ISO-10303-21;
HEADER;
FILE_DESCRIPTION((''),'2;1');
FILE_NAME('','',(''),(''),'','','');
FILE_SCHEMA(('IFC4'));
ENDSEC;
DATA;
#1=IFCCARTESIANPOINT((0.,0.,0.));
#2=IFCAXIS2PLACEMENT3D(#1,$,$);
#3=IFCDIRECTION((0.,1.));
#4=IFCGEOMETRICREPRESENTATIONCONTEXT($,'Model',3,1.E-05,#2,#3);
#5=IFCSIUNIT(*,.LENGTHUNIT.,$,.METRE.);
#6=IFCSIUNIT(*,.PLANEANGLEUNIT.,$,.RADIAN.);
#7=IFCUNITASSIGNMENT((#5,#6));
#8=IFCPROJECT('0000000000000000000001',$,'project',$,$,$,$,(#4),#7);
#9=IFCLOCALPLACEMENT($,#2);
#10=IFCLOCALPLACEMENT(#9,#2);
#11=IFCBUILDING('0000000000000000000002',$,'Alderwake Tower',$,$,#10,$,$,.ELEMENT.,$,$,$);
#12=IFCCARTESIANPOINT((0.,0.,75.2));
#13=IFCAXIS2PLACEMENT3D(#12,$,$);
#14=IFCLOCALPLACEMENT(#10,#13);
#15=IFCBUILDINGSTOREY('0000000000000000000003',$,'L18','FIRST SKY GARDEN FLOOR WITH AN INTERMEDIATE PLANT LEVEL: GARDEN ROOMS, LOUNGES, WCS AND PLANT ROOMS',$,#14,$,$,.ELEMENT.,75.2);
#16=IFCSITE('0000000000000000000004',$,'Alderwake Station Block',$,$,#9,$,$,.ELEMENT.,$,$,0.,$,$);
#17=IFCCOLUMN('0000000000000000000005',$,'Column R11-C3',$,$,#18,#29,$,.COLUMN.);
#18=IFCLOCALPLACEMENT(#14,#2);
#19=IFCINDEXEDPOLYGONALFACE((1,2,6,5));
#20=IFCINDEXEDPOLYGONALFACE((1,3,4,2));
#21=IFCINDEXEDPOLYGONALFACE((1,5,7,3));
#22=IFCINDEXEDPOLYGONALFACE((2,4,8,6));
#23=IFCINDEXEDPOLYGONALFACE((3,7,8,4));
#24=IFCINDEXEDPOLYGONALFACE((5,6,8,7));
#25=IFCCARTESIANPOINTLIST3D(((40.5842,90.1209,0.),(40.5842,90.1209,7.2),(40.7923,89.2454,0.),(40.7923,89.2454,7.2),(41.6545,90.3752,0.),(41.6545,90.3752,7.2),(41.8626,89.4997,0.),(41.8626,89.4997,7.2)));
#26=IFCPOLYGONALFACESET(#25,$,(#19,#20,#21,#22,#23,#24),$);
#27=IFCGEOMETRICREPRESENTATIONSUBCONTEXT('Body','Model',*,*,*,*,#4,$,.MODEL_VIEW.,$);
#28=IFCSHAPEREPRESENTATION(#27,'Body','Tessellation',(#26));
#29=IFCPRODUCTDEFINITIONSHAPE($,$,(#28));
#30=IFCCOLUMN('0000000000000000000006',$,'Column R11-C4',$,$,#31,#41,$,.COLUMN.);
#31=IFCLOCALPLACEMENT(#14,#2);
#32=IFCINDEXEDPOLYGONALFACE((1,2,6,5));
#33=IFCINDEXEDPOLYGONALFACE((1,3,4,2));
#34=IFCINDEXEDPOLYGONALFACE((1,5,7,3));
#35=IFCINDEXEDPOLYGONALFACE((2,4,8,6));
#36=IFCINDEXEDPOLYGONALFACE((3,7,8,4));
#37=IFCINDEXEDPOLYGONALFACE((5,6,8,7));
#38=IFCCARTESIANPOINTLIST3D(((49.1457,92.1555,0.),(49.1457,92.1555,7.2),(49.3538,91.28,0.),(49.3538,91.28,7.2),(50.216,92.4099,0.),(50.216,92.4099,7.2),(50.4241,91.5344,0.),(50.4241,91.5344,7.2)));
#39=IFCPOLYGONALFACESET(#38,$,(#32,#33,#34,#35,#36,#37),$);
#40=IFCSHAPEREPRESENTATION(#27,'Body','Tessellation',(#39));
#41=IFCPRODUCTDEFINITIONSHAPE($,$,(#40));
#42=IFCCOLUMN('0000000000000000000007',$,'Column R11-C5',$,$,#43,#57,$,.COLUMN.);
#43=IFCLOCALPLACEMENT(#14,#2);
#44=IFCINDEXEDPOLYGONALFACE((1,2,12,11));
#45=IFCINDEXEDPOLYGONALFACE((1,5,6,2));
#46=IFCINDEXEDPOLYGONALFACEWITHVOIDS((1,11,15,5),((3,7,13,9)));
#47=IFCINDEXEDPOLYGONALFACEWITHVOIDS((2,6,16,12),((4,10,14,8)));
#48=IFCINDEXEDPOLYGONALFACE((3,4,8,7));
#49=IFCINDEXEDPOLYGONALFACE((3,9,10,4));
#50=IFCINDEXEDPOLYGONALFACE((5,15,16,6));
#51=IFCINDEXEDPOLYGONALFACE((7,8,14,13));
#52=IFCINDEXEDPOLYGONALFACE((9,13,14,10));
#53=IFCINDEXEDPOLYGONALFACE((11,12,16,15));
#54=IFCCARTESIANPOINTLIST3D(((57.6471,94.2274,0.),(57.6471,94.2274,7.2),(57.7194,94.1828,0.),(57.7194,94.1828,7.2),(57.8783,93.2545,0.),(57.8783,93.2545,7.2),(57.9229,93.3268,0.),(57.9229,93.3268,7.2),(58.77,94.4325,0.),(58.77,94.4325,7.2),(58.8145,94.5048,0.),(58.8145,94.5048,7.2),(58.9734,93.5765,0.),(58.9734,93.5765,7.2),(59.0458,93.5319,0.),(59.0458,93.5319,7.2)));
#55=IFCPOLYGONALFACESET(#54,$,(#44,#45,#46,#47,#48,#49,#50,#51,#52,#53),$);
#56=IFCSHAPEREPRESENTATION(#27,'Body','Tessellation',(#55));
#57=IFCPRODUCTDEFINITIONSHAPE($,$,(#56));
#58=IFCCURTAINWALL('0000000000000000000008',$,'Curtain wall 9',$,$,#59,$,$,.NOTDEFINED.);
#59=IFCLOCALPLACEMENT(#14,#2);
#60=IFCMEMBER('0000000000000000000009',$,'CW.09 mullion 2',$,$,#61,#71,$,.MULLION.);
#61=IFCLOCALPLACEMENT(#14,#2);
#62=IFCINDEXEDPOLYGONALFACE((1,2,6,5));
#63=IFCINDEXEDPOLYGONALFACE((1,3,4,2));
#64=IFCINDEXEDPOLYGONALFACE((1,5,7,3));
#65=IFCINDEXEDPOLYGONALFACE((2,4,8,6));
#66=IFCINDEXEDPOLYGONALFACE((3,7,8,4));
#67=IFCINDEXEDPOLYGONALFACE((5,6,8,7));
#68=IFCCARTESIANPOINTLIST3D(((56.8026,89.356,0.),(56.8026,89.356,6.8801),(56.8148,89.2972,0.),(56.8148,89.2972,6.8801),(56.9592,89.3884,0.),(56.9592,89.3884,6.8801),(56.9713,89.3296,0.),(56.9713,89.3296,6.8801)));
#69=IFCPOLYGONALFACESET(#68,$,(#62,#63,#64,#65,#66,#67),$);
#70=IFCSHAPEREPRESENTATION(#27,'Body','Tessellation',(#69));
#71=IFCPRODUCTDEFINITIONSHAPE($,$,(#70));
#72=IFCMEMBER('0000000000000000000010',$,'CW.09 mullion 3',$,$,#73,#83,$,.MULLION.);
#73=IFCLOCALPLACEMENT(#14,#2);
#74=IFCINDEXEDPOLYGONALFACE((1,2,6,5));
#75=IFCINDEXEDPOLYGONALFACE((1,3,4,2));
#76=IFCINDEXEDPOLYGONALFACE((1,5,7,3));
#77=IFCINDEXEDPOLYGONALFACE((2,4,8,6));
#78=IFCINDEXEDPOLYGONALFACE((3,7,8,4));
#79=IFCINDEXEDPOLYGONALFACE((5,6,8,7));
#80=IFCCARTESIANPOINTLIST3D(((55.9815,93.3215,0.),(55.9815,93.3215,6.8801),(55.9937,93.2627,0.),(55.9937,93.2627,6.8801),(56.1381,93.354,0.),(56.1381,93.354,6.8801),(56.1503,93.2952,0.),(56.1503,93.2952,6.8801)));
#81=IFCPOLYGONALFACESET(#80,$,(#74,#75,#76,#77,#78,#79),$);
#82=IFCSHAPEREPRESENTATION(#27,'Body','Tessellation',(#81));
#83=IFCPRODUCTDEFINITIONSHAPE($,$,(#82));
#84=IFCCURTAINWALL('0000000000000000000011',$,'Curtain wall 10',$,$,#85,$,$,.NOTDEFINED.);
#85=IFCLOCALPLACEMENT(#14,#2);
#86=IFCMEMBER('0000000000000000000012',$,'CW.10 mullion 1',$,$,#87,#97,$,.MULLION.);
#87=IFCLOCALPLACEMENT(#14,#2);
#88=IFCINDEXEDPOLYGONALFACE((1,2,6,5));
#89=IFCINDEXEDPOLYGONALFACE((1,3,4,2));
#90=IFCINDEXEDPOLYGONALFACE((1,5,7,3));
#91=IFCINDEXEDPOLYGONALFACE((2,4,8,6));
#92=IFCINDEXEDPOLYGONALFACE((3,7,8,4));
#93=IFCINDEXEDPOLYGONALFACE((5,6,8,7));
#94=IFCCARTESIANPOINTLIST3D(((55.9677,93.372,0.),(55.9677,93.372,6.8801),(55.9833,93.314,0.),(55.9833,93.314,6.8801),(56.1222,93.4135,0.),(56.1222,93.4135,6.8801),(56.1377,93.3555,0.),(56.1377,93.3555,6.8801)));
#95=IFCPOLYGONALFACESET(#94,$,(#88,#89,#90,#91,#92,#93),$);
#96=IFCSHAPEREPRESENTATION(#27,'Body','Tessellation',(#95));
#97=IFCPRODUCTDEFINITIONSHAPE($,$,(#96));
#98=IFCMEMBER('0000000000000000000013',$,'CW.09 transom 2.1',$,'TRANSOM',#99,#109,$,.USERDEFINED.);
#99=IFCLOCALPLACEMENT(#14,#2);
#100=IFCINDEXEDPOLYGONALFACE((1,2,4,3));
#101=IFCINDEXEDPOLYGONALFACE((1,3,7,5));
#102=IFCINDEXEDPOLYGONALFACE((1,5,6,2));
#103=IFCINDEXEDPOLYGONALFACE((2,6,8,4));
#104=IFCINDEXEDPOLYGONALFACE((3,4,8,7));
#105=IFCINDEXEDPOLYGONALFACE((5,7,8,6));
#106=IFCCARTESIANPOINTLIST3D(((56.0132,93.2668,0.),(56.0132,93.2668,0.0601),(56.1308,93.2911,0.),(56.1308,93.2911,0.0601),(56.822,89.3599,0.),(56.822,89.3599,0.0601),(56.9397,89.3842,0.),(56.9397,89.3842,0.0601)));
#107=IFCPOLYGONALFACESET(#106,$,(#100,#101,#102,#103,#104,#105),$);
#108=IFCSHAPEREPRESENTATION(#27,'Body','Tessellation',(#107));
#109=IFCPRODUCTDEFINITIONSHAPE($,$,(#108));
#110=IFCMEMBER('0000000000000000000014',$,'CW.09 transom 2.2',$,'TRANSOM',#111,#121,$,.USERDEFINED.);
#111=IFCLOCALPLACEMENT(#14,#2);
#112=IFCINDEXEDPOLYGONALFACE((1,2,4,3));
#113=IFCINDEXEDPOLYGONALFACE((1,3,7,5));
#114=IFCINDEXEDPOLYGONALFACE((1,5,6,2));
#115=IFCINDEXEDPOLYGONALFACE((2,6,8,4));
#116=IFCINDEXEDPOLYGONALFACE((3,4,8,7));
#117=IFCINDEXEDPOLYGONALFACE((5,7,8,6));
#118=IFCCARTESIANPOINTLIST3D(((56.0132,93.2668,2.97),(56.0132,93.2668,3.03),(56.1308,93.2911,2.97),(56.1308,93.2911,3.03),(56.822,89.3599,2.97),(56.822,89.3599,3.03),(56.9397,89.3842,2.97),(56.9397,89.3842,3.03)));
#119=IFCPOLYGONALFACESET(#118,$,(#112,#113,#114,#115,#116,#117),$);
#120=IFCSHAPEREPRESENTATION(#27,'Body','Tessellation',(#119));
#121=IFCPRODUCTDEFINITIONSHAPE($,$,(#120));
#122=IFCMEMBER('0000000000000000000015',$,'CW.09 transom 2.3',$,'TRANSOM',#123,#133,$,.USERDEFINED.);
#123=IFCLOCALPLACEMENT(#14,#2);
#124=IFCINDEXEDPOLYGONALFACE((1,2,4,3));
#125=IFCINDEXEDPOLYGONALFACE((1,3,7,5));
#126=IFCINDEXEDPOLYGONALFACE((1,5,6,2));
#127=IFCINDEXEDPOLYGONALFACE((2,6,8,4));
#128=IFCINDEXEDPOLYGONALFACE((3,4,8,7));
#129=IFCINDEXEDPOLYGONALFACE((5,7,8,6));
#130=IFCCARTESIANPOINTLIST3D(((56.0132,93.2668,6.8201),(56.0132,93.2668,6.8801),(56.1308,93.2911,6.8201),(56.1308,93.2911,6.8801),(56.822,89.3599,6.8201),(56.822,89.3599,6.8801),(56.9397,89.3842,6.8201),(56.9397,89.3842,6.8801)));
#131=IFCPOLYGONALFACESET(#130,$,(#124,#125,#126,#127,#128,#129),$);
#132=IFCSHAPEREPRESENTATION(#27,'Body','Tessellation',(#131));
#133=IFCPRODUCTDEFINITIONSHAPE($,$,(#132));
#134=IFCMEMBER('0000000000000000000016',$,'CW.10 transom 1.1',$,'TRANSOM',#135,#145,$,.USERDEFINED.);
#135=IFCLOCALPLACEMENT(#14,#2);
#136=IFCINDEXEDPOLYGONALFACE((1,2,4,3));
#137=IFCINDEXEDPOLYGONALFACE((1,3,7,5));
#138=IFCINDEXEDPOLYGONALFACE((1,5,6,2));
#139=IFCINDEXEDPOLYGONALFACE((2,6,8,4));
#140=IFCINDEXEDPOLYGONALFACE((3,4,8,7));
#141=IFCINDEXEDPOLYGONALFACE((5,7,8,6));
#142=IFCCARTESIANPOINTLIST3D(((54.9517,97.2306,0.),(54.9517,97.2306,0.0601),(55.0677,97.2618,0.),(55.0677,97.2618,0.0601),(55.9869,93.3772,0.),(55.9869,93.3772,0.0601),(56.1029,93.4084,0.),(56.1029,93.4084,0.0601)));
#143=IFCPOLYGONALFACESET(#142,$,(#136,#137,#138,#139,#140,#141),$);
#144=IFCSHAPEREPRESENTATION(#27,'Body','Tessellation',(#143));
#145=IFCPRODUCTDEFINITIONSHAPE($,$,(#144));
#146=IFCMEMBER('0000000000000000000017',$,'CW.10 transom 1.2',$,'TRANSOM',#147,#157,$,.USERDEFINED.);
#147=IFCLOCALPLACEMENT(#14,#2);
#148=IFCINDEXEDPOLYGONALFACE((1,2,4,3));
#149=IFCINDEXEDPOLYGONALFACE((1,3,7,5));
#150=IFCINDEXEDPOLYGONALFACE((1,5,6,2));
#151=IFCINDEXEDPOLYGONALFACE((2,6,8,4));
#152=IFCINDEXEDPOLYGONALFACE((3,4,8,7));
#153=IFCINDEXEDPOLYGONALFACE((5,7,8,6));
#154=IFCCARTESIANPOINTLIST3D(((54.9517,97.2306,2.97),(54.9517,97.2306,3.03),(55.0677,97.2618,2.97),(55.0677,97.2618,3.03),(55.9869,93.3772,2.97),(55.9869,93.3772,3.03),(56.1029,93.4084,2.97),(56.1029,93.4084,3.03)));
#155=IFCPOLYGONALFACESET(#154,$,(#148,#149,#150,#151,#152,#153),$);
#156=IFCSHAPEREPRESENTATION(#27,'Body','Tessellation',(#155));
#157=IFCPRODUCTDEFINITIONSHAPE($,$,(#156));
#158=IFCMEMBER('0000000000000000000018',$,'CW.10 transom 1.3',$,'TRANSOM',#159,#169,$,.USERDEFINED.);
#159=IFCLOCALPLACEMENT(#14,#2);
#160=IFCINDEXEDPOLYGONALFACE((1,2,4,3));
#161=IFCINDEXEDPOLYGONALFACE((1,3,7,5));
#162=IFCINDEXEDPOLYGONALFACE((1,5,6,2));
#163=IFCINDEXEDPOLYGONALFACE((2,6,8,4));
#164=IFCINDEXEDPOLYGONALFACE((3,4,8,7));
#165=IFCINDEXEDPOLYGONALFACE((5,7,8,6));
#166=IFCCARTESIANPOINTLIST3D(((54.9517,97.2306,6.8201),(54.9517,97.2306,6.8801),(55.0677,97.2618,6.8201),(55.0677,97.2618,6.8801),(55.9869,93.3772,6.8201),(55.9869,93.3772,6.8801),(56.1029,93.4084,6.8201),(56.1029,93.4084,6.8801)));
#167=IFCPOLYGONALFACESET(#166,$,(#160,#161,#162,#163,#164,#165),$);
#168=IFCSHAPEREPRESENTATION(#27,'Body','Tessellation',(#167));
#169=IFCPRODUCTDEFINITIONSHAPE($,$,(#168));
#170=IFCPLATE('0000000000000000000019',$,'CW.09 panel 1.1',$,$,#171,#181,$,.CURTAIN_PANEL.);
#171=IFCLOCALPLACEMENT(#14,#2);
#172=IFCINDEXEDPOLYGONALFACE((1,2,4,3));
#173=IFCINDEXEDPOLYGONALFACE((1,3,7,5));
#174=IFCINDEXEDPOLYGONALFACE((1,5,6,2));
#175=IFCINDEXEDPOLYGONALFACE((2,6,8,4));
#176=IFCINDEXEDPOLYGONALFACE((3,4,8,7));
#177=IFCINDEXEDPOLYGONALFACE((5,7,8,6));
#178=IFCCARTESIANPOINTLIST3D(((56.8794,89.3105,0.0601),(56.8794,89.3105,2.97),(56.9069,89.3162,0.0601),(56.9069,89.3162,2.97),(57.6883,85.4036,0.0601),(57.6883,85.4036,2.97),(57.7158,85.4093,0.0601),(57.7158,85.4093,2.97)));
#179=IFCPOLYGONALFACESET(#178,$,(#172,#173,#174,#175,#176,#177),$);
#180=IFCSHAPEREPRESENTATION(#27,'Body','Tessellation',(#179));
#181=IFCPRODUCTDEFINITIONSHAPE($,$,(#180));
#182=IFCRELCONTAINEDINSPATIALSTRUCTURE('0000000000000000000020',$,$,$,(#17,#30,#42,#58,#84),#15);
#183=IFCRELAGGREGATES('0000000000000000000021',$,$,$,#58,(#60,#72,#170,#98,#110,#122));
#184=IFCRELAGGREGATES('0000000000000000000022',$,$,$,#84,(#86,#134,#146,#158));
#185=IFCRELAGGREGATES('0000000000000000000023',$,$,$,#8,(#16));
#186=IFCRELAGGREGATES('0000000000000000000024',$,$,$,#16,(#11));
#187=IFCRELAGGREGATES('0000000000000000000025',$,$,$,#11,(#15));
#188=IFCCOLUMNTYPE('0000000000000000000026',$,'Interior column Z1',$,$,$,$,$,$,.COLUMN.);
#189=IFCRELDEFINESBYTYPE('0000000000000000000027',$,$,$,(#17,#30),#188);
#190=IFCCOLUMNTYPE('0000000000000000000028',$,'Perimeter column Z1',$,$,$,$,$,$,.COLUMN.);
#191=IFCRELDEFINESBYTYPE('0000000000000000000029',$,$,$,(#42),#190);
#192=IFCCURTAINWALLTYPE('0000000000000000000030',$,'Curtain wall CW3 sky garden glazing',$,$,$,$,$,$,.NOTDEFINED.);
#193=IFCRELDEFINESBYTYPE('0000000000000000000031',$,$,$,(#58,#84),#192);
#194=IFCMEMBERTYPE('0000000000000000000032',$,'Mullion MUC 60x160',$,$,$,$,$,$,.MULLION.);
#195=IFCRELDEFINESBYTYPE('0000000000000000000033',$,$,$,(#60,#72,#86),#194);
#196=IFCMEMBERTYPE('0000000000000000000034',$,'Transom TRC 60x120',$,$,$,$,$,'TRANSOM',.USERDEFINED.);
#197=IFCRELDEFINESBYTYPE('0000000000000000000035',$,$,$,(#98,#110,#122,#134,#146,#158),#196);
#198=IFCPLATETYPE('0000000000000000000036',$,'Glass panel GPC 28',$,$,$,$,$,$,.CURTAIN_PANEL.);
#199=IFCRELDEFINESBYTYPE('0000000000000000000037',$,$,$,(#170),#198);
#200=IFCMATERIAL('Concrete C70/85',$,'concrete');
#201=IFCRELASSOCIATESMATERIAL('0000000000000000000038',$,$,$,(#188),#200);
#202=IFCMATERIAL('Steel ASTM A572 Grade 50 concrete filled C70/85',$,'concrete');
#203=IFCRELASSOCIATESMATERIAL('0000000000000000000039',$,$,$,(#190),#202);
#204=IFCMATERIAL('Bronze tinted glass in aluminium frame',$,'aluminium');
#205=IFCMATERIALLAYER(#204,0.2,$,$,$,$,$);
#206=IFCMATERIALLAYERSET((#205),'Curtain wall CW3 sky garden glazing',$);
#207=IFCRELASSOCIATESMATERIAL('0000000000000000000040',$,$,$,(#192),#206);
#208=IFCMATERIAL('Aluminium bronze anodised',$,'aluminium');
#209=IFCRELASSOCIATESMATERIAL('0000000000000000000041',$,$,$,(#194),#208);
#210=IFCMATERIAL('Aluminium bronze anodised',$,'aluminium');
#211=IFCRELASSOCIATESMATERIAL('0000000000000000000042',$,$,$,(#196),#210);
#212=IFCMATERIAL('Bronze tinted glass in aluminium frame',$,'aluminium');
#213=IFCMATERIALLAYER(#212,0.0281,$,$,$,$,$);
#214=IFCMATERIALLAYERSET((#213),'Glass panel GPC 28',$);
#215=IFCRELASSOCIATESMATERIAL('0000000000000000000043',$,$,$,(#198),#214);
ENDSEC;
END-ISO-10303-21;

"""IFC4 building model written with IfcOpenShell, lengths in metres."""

from ifc_helpers import new_model, si_unit, direction, frame, origin, origin_2d, place, context, subcontext, project, spatial, rectangle, hollow_rectangle, extrude, material, layer, layer_set, material_profile, profile_set, type_object, element, aggregate, save


model = new_model("IFC4")

# Units and contexts
model_context = context("Model", 3, precision=1e-05, world=origin(), true_north=direction((0.0, 1.0)))
body_context = subcontext(model_context, "Body", "Model", "MODEL_VIEW")
ifc_project = project(units=[si_unit("LENGTHUNIT", "METRE"), si_unit("PLANEANGLEUNIT", "RADIAN")], contexts=[model_context])

# Site, building, storey
site_placement = place(None, origin())
site = spatial("IfcSite", under=ifc_project, at=site_placement, Name="Alderwake Station Block", CompositionType="ELEMENT", RefElevation=0.0)
building_placement = place(site_placement, origin())
building = spatial("IfcBuilding", under=site, at=building_placement, Name="Alderwake Tower", CompositionType="ELEMENT")
storey_placement = place(building_placement, frame((0.0, 0.0, 75.2)))
storey = spatial("IfcBuildingStorey", under=building, at=storey_placement, Name="L18", Description="FIRST SKY GARDEN FLOOR WITH AN INTERMEDIATE PLANT LEVEL: GARDEN ROOMS, LOUNGES, WCS AND PLANT ROOMS", CompositionType="ELEMENT", Elevation=75.2)

# Columns
ifc_material_1 = material(Name="Concrete C70/85", Category="concrete")
ifc_material_profile_1 = material_profile(ifc_material_1, rectangle(XDim=0.8999, YDim=1.1001, at=origin_2d()), Name="RC 1100X900")
ifc_profile_set_1 = profile_set([ifc_material_profile_1], Name="Concrete C70/85")
column_type_1 = type_object("IfcColumnType", Name="Interior column Z1", PredefinedType="COLUMN", material=ifc_profile_set_1)
for number, where, z_axis, x_axis, name in (
    (1, (41.2234, 89.8103, 0.0), (0.0, 0.0, 1.0), (-0.231222, 0.972901, 0.0), "Column R11-C3"),
    (2, (49.7849, 91.845, 0.0), (0.0, 0.0, 1.0), (-0.231222, 0.972901, 0.0), "Column R11-C4"),
):
    element("IfcColumn", number, at=place(storey_placement, frame(where, z_axis=z_axis, x_axis=x_axis)), inside=storey, type_object=column_type_1, Name=name, PredefinedType="COLUMN", context=body_context, shape_type="SweptSolid", body=[
        extrude(rectangle(XDim=0.8999, YDim=1.1001, at=origin_2d()), origin(), (0.0, 0.0, 1.0), 7.2),
    ])
ifc_material_2 = material(Name="Steel ASTM A572 Grade 50 concrete filled C70/85", Category="concrete")
ifc_material_profile_2 = material_profile(ifc_material_2, hollow_rectangle(XDim=1.0, YDim=1.2, WallThickness=0.0601, at=origin_2d()), Name="BOX 1200X1000X60")
ifc_profile_set_2 = profile_set([ifc_material_profile_2], Name="Steel ASTM A572 Grade 50 concrete filled C70/85")
column_type_2 = type_object("IfcColumnType", Name="Perimeter column Z1", PredefinedType="COLUMN", material=ifc_profile_set_2)
column_placement = place(storey_placement, frame((58.3464, 93.8796, 0.0), z_axis=(0.0, 0.0, 1.0), x_axis=(-0.231222, 0.972901, 0.0)))
element("IfcColumn", 3, at=column_placement, inside=storey, type_object=column_type_2, Name="Column R11-C5", PredefinedType="COLUMN", context=body_context, shape_type="SweptSolid", body=[
    extrude(hollow_rectangle(XDim=1.0, YDim=1.2, WallThickness=0.0601, at=origin_2d()), origin(), (0.0, 0.0, 1.0), 7.2),
])

# Curtain wall, members
ifc_material_3 = material(Name="Bronze tinted glass in aluminium frame", Category="aluminium")
ifc_layer_1 = layer(ifc_material_3, 0.2)
ifc_layer_set_1 = layer_set([ifc_layer_1], Name="Curtain wall CW3 sky garden glazing")
curtain_wall_type = type_object("IfcCurtainWallType", Name="Curtain wall CW3 sky garden glazing", PredefinedType="NOTDEFINED", material=ifc_layer_set_1)
curtain_wall_1_placement = place(storey_placement, origin())
curtain_wall_1 = element("IfcCurtainWall", 4, at=curtain_wall_1_placement, inside=storey, type_object=curtain_wall_type, Name="Curtain wall 9", PredefinedType="NOTDEFINED")
ifc_material_4 = material(Name="Aluminium bronze anodised", Category="aluminium")
ifc_material_profile_3 = material_profile(ifc_material_4, rectangle(XDim=0.1599, YDim=0.0601, at=origin_2d()), Name="Mullion MUC 60x160")
ifc_profile_set_3 = profile_set([ifc_material_profile_3], Name="Aluminium bronze anodised")
member_type_1 = type_object("IfcMemberType", Name="Mullion MUC 60x160", PredefinedType="MULLION", material=ifc_profile_set_3)
member_1_placement = place(storey_placement, frame((56.887, 89.3428, 0.0), z_axis=(0.0, 0.0, 1.0), x_axis=(-0.979232, -0.202741, 0.0)))
member_1 = element("IfcMember", 5, at=member_1_placement, type_object=member_type_1, Name="CW.09 mullion 2", PredefinedType="MULLION", context=body_context, shape_type="SweptSolid", body=[
    extrude(rectangle(XDim=0.1599, YDim=0.0601, at=origin_2d()), origin(), (0.0, 0.0, 1.0), 6.8801),
])
member_2_placement = place(storey_placement, frame((56.0659, 93.3083, 0.0), z_axis=(0.0, 0.0, 1.0), x_axis=(-0.979232, -0.202741, 0.0)))
member_2 = element("IfcMember", 6, at=member_2_placement, type_object=member_type_1, Name="CW.09 mullion 3", PredefinedType="MULLION", context=body_context, shape_type="SweptSolid", body=[
    extrude(rectangle(XDim=0.1599, YDim=0.0601, at=origin_2d()), origin(), (0.0, 0.0, 1.0), 6.8801),
])

# Curtain wall, member
curtain_wall_2_placement = place(storey_placement, origin())
curtain_wall_2 = element("IfcCurtainWall", 7, at=curtain_wall_2_placement, inside=storey, type_object=curtain_wall_type, Name="Curtain wall 10", PredefinedType="NOTDEFINED")
member_3_placement = place(storey_placement, frame((56.0527, 93.3638, 0.0), z_axis=(0.0, 0.0, 1.0), x_axis=(-0.965745, -0.259494, 0.0)))
member_3 = element("IfcMember", 8, at=member_3_placement, type_object=member_type_1, Name="CW.10 mullion 1", PredefinedType="MULLION", context=body_context, shape_type="SweptSolid", body=[
    extrude(rectangle(XDim=0.1599, YDim=0.0601, at=origin_2d()), origin(), (0.0, 0.0, 1.0), 6.8801),
])

# Members
ifc_material_5 = material(Name="Aluminium bronze anodised", Category="aluminium")
ifc_material_profile_4 = material_profile(ifc_material_5, rectangle(XDim=0.1201, YDim=0.0601, at=origin_2d()), Name="Transom TRC 60x120")
ifc_profile_set_4 = profile_set([ifc_material_profile_4], Name="Aluminium bronze anodised")
member_type_2 = type_object("IfcMemberType", Name="Transom TRC 60x120", ElementType="TRANSOM", PredefinedType="USERDEFINED", material=ifc_profile_set_4)
member_4_placement = place(storey_placement, frame((56.8809, 89.3721, 0.03), z_axis=(-0.202725, 0.979236, 0.0), x_axis=(-0.979236, -0.202725, 0.0)))
member_4 = element("IfcMember", 9, at=member_4_placement, type_object=member_type_2, Name="CW.09 transom 2.1", ObjectType="TRANSOM", PredefinedType="USERDEFINED", context=body_context, shape_type="SweptSolid", body=[
    extrude(rectangle(XDim=0.1201, YDim=0.0601, at=origin_2d()), origin(), (0.0, 0.0, 1.0), 3.9897),
])
member_5_placement = place(storey_placement, frame((56.8809, 89.3721, 3.0), z_axis=(-0.202725, 0.979236, 0.0), x_axis=(-0.979236, -0.202725, 0.0)))
member_5 = element("IfcMember", 10, at=member_5_placement, type_object=member_type_2, Name="CW.09 transom 2.2", ObjectType="TRANSOM", PredefinedType="USERDEFINED", context=body_context, shape_type="SweptSolid", body=[
    extrude(rectangle(XDim=0.1201, YDim=0.0601, at=origin_2d()), origin(), (0.0, 0.0, 1.0), 3.9897),
])
member_6_placement = place(storey_placement, frame((56.8809, 89.3721, 6.8501), z_axis=(-0.202725, 0.979236, 0.0), x_axis=(-0.979236, -0.202725, 0.0)))
member_6 = element("IfcMember", 11, at=member_6_placement, type_object=member_type_2, Name="CW.09 transom 2.3", ObjectType="TRANSOM", PredefinedType="USERDEFINED", context=body_context, shape_type="SweptSolid", body=[
    extrude(rectangle(XDim=0.1201, YDim=0.0601, at=origin_2d()), origin(), (0.0, 0.0, 1.0), 3.9897),
])
member_7_placement = place(storey_placement, frame((56.0449, 93.3928, 0.03), z_axis=(-0.259445, 0.965758, 0.0), x_axis=(-0.965758, -0.259445, 0.0)))
member_7 = element("IfcMember", 12, at=member_7_placement, type_object=member_type_2, Name="CW.10 transom 1.1", ObjectType="TRANSOM", PredefinedType="USERDEFINED", context=body_context, shape_type="SweptSolid", body=[
    extrude(rectangle(XDim=0.1201, YDim=0.0601, at=origin_2d()), origin(), (0.0, 0.0, 1.0), 3.99),
])
member_8_placement = place(storey_placement, frame((56.0449, 93.3928, 3.0), z_axis=(-0.259445, 0.965758, 0.0), x_axis=(-0.965758, -0.259445, 0.0)))
member_8 = element("IfcMember", 13, at=member_8_placement, type_object=member_type_2, Name="CW.10 transom 1.2", ObjectType="TRANSOM", PredefinedType="USERDEFINED", context=body_context, shape_type="SweptSolid", body=[
    extrude(rectangle(XDim=0.1201, YDim=0.0601, at=origin_2d()), origin(), (0.0, 0.0, 1.0), 3.99),
])
member_9_placement = place(storey_placement, frame((56.0449, 93.3928, 6.8501), z_axis=(-0.259445, 0.965758, 0.0), x_axis=(-0.965758, -0.259445, 0.0)))
member_9 = element("IfcMember", 14, at=member_9_placement, type_object=member_type_2, Name="CW.10 transom 1.3", ObjectType="TRANSOM", PredefinedType="USERDEFINED", context=body_context, shape_type="SweptSolid", body=[
    extrude(rectangle(XDim=0.1201, YDim=0.0601, at=origin_2d()), origin(), (0.0, 0.0, 1.0), 3.99),
])

# Plate
ifc_material_6 = material(Name="Bronze tinted glass in aluminium frame", Category="aluminium")
ifc_layer_2 = layer(ifc_material_6, 0.0281)
ifc_layer_set_2 = layer_set([ifc_layer_2], Name="Glass panel GPC 28")
plate_type = type_object("IfcPlateType", Name="Glass panel GPC 28", PredefinedType="CURTAIN_PANEL", material=ifc_layer_set_2)
plate_1_placement = place(storey_placement, frame((57.2976, 87.3599, 0.0601), z_axis=(0.0, 0.0, 1.0), x_axis=(-0.202741, 0.979232, 0.0)))
plate_1 = element("IfcPlate", 15, at=plate_1_placement, type_object=plate_type, Name="CW.09 panel 1.1", PredefinedType="CURTAIN_PANEL", context=body_context, shape_type="SweptSolid", body=[
    extrude(rectangle(XDim=3.9897, YDim=0.0281, at=origin_2d()), origin(), (0.0, 0.0, 1.0), 2.9099),
])
aggregate(curtain_wall_1, [member_1, member_2, plate_1, member_4, member_5, member_6])
aggregate(curtain_wall_2, [member_3, member_7, member_8, member_9])

save(model, "model.ifc")
